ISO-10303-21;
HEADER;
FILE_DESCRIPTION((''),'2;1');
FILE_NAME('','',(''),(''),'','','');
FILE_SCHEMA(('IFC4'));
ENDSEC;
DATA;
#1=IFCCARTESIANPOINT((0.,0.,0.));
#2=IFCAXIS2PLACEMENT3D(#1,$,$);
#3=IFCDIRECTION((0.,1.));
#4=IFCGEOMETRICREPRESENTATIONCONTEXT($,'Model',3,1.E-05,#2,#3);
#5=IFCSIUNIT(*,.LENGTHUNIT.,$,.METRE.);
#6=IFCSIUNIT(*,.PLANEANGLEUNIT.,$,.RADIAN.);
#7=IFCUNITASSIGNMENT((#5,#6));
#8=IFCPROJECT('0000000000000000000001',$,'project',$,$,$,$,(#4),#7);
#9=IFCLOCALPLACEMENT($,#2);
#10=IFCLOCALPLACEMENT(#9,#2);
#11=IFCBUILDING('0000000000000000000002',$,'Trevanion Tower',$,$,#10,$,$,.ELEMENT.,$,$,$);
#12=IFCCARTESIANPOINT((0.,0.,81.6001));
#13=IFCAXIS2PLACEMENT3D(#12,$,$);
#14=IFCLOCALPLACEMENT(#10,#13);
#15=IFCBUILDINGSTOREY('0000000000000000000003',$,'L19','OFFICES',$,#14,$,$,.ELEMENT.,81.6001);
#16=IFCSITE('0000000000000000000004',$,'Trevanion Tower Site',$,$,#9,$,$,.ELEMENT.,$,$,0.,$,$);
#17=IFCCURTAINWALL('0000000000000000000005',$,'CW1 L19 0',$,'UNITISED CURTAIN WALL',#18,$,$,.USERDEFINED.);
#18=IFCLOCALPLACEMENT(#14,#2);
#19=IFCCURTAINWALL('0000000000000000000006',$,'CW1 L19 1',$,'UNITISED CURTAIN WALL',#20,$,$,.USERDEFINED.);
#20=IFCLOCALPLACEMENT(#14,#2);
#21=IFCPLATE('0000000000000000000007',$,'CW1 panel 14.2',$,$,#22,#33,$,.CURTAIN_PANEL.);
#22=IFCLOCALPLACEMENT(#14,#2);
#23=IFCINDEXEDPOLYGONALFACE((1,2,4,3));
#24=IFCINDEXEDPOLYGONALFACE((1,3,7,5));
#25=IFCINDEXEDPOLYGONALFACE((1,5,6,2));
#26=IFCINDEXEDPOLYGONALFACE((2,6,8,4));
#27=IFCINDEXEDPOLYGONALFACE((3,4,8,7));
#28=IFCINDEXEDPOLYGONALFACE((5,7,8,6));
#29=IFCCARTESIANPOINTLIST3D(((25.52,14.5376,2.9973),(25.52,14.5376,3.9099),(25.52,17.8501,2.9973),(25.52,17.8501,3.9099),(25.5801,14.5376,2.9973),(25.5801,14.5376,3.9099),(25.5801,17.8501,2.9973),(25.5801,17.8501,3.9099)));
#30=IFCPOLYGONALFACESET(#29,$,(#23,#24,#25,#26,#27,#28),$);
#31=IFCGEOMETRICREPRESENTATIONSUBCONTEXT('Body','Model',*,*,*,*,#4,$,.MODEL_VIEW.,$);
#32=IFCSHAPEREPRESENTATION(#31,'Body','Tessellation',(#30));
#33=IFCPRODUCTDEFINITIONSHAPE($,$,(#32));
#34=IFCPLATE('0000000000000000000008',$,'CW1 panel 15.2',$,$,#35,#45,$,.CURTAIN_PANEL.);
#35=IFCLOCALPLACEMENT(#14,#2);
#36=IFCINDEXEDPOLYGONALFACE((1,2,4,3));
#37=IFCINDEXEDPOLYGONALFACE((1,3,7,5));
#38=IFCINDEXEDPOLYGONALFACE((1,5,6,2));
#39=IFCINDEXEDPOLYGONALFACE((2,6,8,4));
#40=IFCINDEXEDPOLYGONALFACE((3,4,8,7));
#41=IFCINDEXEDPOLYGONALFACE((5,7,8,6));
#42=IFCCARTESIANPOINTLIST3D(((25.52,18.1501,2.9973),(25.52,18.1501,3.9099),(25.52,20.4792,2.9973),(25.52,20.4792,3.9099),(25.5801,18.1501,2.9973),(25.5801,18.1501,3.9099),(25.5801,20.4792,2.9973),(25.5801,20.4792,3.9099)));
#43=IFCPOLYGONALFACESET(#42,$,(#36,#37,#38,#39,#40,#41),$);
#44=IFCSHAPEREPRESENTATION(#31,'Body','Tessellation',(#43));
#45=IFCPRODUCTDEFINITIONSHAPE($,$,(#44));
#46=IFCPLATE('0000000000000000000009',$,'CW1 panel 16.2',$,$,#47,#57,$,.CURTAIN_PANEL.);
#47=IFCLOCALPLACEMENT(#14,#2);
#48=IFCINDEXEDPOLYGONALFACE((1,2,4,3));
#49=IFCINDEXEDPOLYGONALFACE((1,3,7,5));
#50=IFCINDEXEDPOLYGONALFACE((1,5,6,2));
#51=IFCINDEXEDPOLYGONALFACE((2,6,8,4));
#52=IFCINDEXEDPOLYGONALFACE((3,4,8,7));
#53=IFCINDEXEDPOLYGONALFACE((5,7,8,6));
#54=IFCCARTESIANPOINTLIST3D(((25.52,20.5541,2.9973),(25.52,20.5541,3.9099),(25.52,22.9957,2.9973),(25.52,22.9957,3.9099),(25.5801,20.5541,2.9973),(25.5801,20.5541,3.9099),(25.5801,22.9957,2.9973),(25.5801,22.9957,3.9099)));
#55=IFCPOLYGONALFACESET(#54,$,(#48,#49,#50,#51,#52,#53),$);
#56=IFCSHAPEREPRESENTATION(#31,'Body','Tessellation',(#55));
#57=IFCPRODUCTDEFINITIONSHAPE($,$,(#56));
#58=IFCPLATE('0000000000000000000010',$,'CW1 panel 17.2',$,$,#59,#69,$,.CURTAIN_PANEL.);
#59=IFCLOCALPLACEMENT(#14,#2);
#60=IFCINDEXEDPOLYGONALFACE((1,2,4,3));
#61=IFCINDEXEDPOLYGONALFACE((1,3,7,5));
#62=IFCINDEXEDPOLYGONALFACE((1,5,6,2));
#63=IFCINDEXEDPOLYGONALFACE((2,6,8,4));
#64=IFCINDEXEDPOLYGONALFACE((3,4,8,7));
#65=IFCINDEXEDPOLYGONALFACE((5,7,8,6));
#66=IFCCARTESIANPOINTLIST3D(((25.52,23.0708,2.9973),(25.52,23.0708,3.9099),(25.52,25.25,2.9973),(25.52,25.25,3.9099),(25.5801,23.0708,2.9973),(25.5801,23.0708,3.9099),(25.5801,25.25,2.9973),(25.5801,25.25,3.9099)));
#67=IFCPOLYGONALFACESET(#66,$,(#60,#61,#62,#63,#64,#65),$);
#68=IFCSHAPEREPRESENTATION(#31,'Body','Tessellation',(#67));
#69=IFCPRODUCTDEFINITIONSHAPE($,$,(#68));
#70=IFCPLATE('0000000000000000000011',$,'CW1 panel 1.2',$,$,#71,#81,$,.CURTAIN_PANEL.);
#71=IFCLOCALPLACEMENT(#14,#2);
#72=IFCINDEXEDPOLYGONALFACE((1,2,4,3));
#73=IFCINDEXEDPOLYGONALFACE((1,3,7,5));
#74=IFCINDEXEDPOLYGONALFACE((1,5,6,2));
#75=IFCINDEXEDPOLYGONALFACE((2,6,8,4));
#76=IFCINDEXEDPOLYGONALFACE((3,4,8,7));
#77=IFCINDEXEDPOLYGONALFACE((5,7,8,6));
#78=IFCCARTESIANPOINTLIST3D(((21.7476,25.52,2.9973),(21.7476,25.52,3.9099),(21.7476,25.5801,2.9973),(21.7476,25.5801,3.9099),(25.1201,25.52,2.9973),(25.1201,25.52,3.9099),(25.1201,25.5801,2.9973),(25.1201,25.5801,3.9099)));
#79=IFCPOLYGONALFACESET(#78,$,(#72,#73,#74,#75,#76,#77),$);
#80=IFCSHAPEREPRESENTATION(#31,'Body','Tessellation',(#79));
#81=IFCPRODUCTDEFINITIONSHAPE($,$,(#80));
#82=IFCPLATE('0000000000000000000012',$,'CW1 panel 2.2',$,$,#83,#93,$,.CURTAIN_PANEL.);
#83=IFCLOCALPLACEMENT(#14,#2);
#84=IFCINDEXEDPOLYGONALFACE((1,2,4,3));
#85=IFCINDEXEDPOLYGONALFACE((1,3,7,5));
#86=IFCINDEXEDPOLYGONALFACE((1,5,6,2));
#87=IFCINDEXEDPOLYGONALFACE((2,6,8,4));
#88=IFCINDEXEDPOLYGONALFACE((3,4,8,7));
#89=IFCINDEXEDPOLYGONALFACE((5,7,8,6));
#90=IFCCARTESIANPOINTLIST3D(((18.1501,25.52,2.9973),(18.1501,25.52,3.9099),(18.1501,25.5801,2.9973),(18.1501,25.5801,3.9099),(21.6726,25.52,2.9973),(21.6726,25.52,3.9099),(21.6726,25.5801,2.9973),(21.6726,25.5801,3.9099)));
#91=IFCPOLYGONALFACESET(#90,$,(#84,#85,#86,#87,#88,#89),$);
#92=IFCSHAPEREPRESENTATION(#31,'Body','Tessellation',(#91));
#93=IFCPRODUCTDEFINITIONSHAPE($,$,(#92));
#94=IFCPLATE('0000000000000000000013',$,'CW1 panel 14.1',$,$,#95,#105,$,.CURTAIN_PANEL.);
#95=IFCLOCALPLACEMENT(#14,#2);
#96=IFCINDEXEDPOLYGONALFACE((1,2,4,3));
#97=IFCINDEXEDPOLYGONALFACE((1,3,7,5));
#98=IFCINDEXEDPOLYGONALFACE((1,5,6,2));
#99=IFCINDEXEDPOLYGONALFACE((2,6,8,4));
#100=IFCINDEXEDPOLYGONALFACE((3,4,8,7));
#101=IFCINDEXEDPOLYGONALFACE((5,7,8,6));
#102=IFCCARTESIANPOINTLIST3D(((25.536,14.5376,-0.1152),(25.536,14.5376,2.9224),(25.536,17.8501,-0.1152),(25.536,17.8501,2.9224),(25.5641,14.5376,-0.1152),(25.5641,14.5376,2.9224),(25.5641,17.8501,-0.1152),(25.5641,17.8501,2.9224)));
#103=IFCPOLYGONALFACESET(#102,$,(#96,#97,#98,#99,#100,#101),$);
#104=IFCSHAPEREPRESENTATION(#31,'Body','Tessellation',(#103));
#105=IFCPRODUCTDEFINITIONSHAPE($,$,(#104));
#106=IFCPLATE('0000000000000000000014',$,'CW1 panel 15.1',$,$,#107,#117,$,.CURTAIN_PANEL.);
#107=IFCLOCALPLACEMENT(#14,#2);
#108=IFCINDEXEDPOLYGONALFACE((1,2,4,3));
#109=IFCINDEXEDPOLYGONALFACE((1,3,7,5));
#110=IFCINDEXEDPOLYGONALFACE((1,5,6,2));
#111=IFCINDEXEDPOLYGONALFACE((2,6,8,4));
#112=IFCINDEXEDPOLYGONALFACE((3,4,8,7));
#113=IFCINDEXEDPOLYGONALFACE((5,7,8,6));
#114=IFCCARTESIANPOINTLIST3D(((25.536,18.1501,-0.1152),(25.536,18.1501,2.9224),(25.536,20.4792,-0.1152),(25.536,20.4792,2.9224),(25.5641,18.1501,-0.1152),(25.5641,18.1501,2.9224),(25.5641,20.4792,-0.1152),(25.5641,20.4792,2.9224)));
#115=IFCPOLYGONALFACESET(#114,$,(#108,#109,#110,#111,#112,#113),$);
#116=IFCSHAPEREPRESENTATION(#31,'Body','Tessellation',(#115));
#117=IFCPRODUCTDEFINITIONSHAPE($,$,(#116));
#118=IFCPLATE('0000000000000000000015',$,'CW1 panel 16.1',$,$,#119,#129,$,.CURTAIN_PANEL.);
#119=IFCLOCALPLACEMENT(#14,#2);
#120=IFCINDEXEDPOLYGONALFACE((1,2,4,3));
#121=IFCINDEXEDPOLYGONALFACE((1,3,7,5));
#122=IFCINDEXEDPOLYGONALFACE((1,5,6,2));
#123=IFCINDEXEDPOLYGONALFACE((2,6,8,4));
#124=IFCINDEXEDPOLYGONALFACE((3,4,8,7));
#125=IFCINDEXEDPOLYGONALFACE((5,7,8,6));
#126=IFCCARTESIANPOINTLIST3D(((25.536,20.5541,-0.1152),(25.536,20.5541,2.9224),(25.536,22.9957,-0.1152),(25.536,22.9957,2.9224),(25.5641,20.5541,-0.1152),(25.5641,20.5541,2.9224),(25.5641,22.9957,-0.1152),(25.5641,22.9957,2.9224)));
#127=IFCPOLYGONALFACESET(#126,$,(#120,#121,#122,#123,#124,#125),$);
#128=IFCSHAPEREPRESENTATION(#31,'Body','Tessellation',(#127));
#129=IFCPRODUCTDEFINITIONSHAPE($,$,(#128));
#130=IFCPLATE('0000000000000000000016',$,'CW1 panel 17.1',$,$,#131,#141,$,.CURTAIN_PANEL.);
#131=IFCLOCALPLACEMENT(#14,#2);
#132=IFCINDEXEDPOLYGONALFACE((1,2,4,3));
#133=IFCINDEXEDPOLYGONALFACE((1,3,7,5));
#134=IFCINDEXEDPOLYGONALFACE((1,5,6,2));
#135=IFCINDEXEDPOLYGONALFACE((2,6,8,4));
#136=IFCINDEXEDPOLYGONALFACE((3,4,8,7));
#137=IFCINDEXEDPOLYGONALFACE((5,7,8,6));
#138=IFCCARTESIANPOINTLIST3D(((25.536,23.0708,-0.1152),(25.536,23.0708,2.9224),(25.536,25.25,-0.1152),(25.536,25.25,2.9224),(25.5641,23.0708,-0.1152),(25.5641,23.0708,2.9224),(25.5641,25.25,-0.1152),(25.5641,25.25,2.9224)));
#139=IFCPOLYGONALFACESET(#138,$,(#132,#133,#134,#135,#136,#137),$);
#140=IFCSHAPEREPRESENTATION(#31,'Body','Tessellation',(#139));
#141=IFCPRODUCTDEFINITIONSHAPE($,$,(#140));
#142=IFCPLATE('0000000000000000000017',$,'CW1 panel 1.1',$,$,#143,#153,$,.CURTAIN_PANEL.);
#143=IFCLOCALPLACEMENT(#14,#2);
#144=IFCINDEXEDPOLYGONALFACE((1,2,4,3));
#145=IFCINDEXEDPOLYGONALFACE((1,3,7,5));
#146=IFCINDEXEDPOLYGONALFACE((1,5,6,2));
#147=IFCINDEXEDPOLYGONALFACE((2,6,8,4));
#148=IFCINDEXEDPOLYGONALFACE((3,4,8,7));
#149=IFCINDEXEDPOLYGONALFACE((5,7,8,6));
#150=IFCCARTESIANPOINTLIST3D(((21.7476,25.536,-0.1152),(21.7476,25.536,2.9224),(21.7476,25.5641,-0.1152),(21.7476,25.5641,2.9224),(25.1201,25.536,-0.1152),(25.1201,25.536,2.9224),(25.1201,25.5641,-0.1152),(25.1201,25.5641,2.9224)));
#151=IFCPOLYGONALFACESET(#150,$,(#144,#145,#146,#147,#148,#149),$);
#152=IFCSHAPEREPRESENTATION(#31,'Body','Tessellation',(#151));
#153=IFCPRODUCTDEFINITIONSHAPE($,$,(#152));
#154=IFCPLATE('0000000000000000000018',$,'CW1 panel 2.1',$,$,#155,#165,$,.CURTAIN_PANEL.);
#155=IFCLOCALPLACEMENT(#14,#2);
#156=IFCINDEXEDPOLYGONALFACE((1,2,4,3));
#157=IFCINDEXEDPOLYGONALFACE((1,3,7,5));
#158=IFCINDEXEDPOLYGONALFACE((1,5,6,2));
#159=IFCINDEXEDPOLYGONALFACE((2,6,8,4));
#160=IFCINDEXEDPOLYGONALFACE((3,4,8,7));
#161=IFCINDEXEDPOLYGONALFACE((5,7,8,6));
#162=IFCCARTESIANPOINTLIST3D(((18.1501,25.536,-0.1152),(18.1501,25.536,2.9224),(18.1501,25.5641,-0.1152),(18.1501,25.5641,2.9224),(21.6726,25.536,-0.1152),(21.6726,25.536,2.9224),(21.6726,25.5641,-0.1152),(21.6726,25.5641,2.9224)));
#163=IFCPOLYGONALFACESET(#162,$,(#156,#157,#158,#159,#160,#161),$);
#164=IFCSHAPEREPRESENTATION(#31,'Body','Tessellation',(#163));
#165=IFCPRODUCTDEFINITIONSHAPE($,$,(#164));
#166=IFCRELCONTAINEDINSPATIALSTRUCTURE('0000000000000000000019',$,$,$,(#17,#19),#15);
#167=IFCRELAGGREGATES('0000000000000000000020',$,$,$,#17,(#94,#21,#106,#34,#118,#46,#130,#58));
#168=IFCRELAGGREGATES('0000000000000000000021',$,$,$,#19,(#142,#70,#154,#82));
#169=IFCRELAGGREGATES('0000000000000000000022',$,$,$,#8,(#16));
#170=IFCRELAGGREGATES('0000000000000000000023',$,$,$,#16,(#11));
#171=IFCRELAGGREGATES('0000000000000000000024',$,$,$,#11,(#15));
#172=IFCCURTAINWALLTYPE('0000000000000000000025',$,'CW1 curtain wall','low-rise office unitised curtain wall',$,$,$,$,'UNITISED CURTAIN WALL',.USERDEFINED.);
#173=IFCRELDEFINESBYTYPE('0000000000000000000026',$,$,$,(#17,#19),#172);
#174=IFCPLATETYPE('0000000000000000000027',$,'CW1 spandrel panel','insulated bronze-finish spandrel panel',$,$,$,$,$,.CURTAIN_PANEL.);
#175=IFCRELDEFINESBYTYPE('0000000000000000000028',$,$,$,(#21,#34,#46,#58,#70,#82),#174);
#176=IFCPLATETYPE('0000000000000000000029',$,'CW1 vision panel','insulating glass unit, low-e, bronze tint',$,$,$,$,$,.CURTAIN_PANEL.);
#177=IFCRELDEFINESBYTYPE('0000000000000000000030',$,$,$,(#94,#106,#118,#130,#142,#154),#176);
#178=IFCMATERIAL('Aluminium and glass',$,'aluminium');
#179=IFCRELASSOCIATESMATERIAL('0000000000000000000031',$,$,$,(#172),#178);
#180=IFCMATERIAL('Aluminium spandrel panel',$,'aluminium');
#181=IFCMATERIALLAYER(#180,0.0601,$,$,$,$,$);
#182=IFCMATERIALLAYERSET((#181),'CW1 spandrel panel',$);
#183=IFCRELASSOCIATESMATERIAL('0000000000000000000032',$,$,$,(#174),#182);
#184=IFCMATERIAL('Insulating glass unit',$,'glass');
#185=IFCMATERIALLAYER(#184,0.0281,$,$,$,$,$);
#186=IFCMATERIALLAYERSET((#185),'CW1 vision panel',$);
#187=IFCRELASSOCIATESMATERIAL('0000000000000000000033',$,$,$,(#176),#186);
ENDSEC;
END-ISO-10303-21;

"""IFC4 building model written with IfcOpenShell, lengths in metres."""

from ifc_helpers import new_model, si_unit, direction, frame, origin, origin_2d, place, context, subcontext, project, spatial, rectangle, extrude, material, layer, layer_set, type_object, element, aggregate, save


model = new_model("IFC4")

# Units and contexts
model_context = context("Model", 3, precision=1e-05, world=origin(), true_north=direction((0.0, 1.0)))
body_context = subcontext(model_context, "Body", "Model", "MODEL_VIEW")
ifc_project = project(units=[si_unit("LENGTHUNIT", "METRE"), si_unit("PLANEANGLEUNIT", "RADIAN")], contexts=[model_context])

# Site, building, storey
site_placement = place(None, origin())
site = spatial("IfcSite", under=ifc_project, at=site_placement, Name="Trevanion Tower Site", CompositionType="ELEMENT", RefElevation=0.0)
building_placement = place(site_placement, origin())
building = spatial("IfcBuilding", under=site, at=building_placement, Name="Trevanion Tower", CompositionType="ELEMENT")
storey_placement = place(building_placement, frame((0.0, 0.0, 81.6001)))
storey = spatial("IfcBuildingStorey", under=building, at=storey_placement, Name="L19", Description="OFFICES", CompositionType="ELEMENT", Elevation=81.6001)

# Curtain wall
ifc_material_1 = material(Name="Aluminium and glass", Category="aluminium")
curtain_wall_type = type_object("IfcCurtainWallType", Name="CW1 curtain wall", Description="low-rise office unitised curtain wall", ElementType="UNITISED CURTAIN WALL", PredefinedType="USERDEFINED", material=ifc_material_1)
curtain_wall_1_placement = place(storey_placement, origin())
curtain_wall_1 = element("IfcCurtainWall", 1, at=curtain_wall_1_placement, inside=storey, type_object=curtain_wall_type, Name="CW1 L19 0", ObjectType="UNITISED CURTAIN WALL", PredefinedType="USERDEFINED")

# Curtain wall
curtain_wall_2_placement = place(storey_placement, origin())
curtain_wall_2 = element("IfcCurtainWall", 2, at=curtain_wall_2_placement, inside=storey, type_object=curtain_wall_type, Name="CW1 L19 1", ObjectType="UNITISED CURTAIN WALL", PredefinedType="USERDEFINED")

# Plates
ifc_material_2 = material(Name="Aluminium spandrel panel", Category="aluminium")
ifc_layer_1 = layer(ifc_material_2, 0.0601)
ifc_layer_set_1 = layer_set([ifc_layer_1], Name="CW1 spandrel panel")
plate_type_1 = type_object("IfcPlateType", Name="CW1 spandrel panel", Description="insulated bronze-finish spandrel panel", PredefinedType="CURTAIN_PANEL", material=ifc_layer_set_1)
plate_1_placement = place(storey_placement, frame((25.55, 16.1938, 2.9973), z_axis=(0.0, 0.0, 1.0), x_axis=(0.0, 1.0, 0.0)))
plate_1 = element("IfcPlate", 3, at=plate_1_placement, type_object=plate_type_1, Name="CW1 panel 14.2", PredefinedType="CURTAIN_PANEL", context=body_context, shape_type="SweptSolid", body=[
    extrude(rectangle(XDim=3.3125, YDim=0.0601, at=origin_2d()), origin(), (0.0, 0.0, 1.0), 0.9126),
])
plate_2_placement = place(storey_placement, frame((25.55, 19.3147, 2.9973), z_axis=(0.0, 0.0, 1.0), x_axis=(0.0, 1.0, 0.0)))
plate_2 = element("IfcPlate", 4, at=plate_2_placement, type_object=plate_type_1, Name="CW1 panel 15.2", PredefinedType="CURTAIN_PANEL", context=body_context, shape_type="SweptSolid", body=[
    extrude(rectangle(XDim=2.3291, YDim=0.0601, at=origin_2d()), origin(), (0.0, 0.0, 1.0), 0.9126),
])
plate_3_placement = place(storey_placement, frame((25.55, 21.7749, 2.9973), z_axis=(0.0, 0.0, 1.0), x_axis=(0.0, 1.0, 0.0)))
plate_3 = element("IfcPlate", 5, at=plate_3_placement, type_object=plate_type_1, Name="CW1 panel 16.2", PredefinedType="CURTAIN_PANEL", context=body_context, shape_type="SweptSolid", body=[
    extrude(rectangle(XDim=2.4417, YDim=0.0601, at=origin_2d()), origin(), (0.0, 0.0, 1.0), 0.9126),
])
plate_4_placement = place(storey_placement, frame((25.55, 24.1604, 2.9973), z_axis=(0.0, 0.0, 1.0), x_axis=(0.0, 1.0, 0.0)))
plate_4 = element("IfcPlate", 6, at=plate_4_placement, type_object=plate_type_1, Name="CW1 panel 17.2", PredefinedType="CURTAIN_PANEL", context=body_context, shape_type="SweptSolid", body=[
    extrude(rectangle(XDim=2.1792, YDim=0.0601, at=origin_2d()), origin(), (0.0, 0.0, 1.0), 0.9126),
])
plate_5_placement = place(storey_placement, frame((23.4338, 25.55, 2.9973), z_axis=(0.0, 0.0, 1.0), x_axis=(-1.0, 0.0, 0.0)))
plate_5 = element("IfcPlate", 7, at=plate_5_placement, type_object=plate_type_1, Name="CW1 panel 1.2", PredefinedType="CURTAIN_PANEL", context=body_context, shape_type="SweptSolid", body=[
    extrude(rectangle(XDim=3.3726, YDim=0.0601, at=origin_2d()), origin(), (0.0, 0.0, 1.0), 0.9126),
])
plate_6_placement = place(storey_placement, frame((19.9114, 25.55, 2.9973), z_axis=(0.0, 0.0, 1.0), x_axis=(-1.0, 0.0, 0.0)))
plate_6 = element("IfcPlate", 8, at=plate_6_placement, type_object=plate_type_1, Name="CW1 panel 2.2", PredefinedType="CURTAIN_PANEL", context=body_context, shape_type="SweptSolid", body=[
    extrude(rectangle(XDim=3.5225, YDim=0.0601, at=origin_2d()), origin(), (0.0, 0.0, 1.0), 0.9126),
])
ifc_material_3 = material(Name="Insulating glass unit", Category="glass")
ifc_layer_2 = layer(ifc_material_3, 0.0281)
ifc_layer_set_2 = layer_set([ifc_layer_2], Name="CW1 vision panel")
plate_type_2 = type_object("IfcPlateType", Name="CW1 vision panel", Description="insulating glass unit, low-e, bronze tint", PredefinedType="CURTAIN_PANEL", material=ifc_layer_set_2)
plate_7_placement = place(storey_placement, frame((25.55, 16.1938, -0.1152), z_axis=(0.0, 0.0, 1.0), x_axis=(0.0, 1.0, 0.0)))
plate_7 = element("IfcPlate", 9, at=plate_7_placement, type_object=plate_type_2, Name="CW1 panel 14.1", PredefinedType="CURTAIN_PANEL", context=body_context, shape_type="SweptSolid", body=[
    extrude(rectangle(XDim=3.3125, YDim=0.0281, at=origin_2d()), origin(), (0.0, 0.0, 1.0), 3.0376),
])
plate_8_placement = place(storey_placement, frame((25.55, 19.3147, -0.1152), z_axis=(0.0, 0.0, 1.0), x_axis=(0.0, 1.0, 0.0)))
plate_8 = element("IfcPlate", 10, at=plate_8_placement, type_object=plate_type_2, Name="CW1 panel 15.1", PredefinedType="CURTAIN_PANEL", context=body_context, shape_type="SweptSolid", body=[
    extrude(rectangle(XDim=2.3291, YDim=0.0281, at=origin_2d()), origin(), (0.0, 0.0, 1.0), 3.0376),
])
plate_9_placement = place(storey_placement, frame((25.55, 21.7749, -0.1152), z_axis=(0.0, 0.0, 1.0), x_axis=(0.0, 1.0, 0.0)))
plate_9 = element("IfcPlate", 11, at=plate_9_placement, type_object=plate_type_2, Name="CW1 panel 16.1", PredefinedType="CURTAIN_PANEL", context=body_context, shape_type="SweptSolid", body=[
    extrude(rectangle(XDim=2.4417, YDim=0.0281, at=origin_2d()), origin(), (0.0, 0.0, 1.0), 3.0376),
])
plate_10_placement = place(storey_placement, frame((25.55, 24.1604, -0.1152), z_axis=(0.0, 0.0, 1.0), x_axis=(0.0, 1.0, 0.0)))
plate_10 = element("IfcPlate", 12, at=plate_10_placement, type_object=plate_type_2, Name="CW1 panel 17.1", PredefinedType="CURTAIN_PANEL", context=body_context, shape_type="SweptSolid", body=[
    extrude(rectangle(XDim=2.1792, YDim=0.0281, at=origin_2d()), origin(), (0.0, 0.0, 1.0), 3.0376),
])
aggregate(curtain_wall_1, [plate_7, plate_1, plate_8, plate_2, plate_9, plate_3, plate_10, plate_4])
plate_11_placement = place(storey_placement, frame((23.4338, 25.55, -0.1152), z_axis=(0.0, 0.0, 1.0), x_axis=(-1.0, 0.0, 0.0)))
plate_11 = element("IfcPlate", 13, at=plate_11_placement, type_object=plate_type_2, Name="CW1 panel 1.1", PredefinedType="CURTAIN_PANEL", context=body_context, shape_type="SweptSolid", body=[
    extrude(rectangle(XDim=3.3726, YDim=0.0281, at=origin_2d()), origin(), (0.0, 0.0, 1.0), 3.0376),
])
plate_12_placement = place(storey_placement, frame((19.9114, 25.55, -0.1152), z_axis=(0.0, 0.0, 1.0), x_axis=(-1.0, 0.0, 0.0)))
plate_12 = element("IfcPlate", 14, at=plate_12_placement, type_object=plate_type_2, Name="CW1 panel 2.1", PredefinedType="CURTAIN_PANEL", context=body_context, shape_type="SweptSolid", body=[
    extrude(rectangle(XDim=3.5225, YDim=0.0281, at=origin_2d()), origin(), (0.0, 0.0, 1.0), 3.0376),
])
aggregate(curtain_wall_2, [plate_11, plate_5, plate_12, plate_6])

save(model, "model.ifc")
